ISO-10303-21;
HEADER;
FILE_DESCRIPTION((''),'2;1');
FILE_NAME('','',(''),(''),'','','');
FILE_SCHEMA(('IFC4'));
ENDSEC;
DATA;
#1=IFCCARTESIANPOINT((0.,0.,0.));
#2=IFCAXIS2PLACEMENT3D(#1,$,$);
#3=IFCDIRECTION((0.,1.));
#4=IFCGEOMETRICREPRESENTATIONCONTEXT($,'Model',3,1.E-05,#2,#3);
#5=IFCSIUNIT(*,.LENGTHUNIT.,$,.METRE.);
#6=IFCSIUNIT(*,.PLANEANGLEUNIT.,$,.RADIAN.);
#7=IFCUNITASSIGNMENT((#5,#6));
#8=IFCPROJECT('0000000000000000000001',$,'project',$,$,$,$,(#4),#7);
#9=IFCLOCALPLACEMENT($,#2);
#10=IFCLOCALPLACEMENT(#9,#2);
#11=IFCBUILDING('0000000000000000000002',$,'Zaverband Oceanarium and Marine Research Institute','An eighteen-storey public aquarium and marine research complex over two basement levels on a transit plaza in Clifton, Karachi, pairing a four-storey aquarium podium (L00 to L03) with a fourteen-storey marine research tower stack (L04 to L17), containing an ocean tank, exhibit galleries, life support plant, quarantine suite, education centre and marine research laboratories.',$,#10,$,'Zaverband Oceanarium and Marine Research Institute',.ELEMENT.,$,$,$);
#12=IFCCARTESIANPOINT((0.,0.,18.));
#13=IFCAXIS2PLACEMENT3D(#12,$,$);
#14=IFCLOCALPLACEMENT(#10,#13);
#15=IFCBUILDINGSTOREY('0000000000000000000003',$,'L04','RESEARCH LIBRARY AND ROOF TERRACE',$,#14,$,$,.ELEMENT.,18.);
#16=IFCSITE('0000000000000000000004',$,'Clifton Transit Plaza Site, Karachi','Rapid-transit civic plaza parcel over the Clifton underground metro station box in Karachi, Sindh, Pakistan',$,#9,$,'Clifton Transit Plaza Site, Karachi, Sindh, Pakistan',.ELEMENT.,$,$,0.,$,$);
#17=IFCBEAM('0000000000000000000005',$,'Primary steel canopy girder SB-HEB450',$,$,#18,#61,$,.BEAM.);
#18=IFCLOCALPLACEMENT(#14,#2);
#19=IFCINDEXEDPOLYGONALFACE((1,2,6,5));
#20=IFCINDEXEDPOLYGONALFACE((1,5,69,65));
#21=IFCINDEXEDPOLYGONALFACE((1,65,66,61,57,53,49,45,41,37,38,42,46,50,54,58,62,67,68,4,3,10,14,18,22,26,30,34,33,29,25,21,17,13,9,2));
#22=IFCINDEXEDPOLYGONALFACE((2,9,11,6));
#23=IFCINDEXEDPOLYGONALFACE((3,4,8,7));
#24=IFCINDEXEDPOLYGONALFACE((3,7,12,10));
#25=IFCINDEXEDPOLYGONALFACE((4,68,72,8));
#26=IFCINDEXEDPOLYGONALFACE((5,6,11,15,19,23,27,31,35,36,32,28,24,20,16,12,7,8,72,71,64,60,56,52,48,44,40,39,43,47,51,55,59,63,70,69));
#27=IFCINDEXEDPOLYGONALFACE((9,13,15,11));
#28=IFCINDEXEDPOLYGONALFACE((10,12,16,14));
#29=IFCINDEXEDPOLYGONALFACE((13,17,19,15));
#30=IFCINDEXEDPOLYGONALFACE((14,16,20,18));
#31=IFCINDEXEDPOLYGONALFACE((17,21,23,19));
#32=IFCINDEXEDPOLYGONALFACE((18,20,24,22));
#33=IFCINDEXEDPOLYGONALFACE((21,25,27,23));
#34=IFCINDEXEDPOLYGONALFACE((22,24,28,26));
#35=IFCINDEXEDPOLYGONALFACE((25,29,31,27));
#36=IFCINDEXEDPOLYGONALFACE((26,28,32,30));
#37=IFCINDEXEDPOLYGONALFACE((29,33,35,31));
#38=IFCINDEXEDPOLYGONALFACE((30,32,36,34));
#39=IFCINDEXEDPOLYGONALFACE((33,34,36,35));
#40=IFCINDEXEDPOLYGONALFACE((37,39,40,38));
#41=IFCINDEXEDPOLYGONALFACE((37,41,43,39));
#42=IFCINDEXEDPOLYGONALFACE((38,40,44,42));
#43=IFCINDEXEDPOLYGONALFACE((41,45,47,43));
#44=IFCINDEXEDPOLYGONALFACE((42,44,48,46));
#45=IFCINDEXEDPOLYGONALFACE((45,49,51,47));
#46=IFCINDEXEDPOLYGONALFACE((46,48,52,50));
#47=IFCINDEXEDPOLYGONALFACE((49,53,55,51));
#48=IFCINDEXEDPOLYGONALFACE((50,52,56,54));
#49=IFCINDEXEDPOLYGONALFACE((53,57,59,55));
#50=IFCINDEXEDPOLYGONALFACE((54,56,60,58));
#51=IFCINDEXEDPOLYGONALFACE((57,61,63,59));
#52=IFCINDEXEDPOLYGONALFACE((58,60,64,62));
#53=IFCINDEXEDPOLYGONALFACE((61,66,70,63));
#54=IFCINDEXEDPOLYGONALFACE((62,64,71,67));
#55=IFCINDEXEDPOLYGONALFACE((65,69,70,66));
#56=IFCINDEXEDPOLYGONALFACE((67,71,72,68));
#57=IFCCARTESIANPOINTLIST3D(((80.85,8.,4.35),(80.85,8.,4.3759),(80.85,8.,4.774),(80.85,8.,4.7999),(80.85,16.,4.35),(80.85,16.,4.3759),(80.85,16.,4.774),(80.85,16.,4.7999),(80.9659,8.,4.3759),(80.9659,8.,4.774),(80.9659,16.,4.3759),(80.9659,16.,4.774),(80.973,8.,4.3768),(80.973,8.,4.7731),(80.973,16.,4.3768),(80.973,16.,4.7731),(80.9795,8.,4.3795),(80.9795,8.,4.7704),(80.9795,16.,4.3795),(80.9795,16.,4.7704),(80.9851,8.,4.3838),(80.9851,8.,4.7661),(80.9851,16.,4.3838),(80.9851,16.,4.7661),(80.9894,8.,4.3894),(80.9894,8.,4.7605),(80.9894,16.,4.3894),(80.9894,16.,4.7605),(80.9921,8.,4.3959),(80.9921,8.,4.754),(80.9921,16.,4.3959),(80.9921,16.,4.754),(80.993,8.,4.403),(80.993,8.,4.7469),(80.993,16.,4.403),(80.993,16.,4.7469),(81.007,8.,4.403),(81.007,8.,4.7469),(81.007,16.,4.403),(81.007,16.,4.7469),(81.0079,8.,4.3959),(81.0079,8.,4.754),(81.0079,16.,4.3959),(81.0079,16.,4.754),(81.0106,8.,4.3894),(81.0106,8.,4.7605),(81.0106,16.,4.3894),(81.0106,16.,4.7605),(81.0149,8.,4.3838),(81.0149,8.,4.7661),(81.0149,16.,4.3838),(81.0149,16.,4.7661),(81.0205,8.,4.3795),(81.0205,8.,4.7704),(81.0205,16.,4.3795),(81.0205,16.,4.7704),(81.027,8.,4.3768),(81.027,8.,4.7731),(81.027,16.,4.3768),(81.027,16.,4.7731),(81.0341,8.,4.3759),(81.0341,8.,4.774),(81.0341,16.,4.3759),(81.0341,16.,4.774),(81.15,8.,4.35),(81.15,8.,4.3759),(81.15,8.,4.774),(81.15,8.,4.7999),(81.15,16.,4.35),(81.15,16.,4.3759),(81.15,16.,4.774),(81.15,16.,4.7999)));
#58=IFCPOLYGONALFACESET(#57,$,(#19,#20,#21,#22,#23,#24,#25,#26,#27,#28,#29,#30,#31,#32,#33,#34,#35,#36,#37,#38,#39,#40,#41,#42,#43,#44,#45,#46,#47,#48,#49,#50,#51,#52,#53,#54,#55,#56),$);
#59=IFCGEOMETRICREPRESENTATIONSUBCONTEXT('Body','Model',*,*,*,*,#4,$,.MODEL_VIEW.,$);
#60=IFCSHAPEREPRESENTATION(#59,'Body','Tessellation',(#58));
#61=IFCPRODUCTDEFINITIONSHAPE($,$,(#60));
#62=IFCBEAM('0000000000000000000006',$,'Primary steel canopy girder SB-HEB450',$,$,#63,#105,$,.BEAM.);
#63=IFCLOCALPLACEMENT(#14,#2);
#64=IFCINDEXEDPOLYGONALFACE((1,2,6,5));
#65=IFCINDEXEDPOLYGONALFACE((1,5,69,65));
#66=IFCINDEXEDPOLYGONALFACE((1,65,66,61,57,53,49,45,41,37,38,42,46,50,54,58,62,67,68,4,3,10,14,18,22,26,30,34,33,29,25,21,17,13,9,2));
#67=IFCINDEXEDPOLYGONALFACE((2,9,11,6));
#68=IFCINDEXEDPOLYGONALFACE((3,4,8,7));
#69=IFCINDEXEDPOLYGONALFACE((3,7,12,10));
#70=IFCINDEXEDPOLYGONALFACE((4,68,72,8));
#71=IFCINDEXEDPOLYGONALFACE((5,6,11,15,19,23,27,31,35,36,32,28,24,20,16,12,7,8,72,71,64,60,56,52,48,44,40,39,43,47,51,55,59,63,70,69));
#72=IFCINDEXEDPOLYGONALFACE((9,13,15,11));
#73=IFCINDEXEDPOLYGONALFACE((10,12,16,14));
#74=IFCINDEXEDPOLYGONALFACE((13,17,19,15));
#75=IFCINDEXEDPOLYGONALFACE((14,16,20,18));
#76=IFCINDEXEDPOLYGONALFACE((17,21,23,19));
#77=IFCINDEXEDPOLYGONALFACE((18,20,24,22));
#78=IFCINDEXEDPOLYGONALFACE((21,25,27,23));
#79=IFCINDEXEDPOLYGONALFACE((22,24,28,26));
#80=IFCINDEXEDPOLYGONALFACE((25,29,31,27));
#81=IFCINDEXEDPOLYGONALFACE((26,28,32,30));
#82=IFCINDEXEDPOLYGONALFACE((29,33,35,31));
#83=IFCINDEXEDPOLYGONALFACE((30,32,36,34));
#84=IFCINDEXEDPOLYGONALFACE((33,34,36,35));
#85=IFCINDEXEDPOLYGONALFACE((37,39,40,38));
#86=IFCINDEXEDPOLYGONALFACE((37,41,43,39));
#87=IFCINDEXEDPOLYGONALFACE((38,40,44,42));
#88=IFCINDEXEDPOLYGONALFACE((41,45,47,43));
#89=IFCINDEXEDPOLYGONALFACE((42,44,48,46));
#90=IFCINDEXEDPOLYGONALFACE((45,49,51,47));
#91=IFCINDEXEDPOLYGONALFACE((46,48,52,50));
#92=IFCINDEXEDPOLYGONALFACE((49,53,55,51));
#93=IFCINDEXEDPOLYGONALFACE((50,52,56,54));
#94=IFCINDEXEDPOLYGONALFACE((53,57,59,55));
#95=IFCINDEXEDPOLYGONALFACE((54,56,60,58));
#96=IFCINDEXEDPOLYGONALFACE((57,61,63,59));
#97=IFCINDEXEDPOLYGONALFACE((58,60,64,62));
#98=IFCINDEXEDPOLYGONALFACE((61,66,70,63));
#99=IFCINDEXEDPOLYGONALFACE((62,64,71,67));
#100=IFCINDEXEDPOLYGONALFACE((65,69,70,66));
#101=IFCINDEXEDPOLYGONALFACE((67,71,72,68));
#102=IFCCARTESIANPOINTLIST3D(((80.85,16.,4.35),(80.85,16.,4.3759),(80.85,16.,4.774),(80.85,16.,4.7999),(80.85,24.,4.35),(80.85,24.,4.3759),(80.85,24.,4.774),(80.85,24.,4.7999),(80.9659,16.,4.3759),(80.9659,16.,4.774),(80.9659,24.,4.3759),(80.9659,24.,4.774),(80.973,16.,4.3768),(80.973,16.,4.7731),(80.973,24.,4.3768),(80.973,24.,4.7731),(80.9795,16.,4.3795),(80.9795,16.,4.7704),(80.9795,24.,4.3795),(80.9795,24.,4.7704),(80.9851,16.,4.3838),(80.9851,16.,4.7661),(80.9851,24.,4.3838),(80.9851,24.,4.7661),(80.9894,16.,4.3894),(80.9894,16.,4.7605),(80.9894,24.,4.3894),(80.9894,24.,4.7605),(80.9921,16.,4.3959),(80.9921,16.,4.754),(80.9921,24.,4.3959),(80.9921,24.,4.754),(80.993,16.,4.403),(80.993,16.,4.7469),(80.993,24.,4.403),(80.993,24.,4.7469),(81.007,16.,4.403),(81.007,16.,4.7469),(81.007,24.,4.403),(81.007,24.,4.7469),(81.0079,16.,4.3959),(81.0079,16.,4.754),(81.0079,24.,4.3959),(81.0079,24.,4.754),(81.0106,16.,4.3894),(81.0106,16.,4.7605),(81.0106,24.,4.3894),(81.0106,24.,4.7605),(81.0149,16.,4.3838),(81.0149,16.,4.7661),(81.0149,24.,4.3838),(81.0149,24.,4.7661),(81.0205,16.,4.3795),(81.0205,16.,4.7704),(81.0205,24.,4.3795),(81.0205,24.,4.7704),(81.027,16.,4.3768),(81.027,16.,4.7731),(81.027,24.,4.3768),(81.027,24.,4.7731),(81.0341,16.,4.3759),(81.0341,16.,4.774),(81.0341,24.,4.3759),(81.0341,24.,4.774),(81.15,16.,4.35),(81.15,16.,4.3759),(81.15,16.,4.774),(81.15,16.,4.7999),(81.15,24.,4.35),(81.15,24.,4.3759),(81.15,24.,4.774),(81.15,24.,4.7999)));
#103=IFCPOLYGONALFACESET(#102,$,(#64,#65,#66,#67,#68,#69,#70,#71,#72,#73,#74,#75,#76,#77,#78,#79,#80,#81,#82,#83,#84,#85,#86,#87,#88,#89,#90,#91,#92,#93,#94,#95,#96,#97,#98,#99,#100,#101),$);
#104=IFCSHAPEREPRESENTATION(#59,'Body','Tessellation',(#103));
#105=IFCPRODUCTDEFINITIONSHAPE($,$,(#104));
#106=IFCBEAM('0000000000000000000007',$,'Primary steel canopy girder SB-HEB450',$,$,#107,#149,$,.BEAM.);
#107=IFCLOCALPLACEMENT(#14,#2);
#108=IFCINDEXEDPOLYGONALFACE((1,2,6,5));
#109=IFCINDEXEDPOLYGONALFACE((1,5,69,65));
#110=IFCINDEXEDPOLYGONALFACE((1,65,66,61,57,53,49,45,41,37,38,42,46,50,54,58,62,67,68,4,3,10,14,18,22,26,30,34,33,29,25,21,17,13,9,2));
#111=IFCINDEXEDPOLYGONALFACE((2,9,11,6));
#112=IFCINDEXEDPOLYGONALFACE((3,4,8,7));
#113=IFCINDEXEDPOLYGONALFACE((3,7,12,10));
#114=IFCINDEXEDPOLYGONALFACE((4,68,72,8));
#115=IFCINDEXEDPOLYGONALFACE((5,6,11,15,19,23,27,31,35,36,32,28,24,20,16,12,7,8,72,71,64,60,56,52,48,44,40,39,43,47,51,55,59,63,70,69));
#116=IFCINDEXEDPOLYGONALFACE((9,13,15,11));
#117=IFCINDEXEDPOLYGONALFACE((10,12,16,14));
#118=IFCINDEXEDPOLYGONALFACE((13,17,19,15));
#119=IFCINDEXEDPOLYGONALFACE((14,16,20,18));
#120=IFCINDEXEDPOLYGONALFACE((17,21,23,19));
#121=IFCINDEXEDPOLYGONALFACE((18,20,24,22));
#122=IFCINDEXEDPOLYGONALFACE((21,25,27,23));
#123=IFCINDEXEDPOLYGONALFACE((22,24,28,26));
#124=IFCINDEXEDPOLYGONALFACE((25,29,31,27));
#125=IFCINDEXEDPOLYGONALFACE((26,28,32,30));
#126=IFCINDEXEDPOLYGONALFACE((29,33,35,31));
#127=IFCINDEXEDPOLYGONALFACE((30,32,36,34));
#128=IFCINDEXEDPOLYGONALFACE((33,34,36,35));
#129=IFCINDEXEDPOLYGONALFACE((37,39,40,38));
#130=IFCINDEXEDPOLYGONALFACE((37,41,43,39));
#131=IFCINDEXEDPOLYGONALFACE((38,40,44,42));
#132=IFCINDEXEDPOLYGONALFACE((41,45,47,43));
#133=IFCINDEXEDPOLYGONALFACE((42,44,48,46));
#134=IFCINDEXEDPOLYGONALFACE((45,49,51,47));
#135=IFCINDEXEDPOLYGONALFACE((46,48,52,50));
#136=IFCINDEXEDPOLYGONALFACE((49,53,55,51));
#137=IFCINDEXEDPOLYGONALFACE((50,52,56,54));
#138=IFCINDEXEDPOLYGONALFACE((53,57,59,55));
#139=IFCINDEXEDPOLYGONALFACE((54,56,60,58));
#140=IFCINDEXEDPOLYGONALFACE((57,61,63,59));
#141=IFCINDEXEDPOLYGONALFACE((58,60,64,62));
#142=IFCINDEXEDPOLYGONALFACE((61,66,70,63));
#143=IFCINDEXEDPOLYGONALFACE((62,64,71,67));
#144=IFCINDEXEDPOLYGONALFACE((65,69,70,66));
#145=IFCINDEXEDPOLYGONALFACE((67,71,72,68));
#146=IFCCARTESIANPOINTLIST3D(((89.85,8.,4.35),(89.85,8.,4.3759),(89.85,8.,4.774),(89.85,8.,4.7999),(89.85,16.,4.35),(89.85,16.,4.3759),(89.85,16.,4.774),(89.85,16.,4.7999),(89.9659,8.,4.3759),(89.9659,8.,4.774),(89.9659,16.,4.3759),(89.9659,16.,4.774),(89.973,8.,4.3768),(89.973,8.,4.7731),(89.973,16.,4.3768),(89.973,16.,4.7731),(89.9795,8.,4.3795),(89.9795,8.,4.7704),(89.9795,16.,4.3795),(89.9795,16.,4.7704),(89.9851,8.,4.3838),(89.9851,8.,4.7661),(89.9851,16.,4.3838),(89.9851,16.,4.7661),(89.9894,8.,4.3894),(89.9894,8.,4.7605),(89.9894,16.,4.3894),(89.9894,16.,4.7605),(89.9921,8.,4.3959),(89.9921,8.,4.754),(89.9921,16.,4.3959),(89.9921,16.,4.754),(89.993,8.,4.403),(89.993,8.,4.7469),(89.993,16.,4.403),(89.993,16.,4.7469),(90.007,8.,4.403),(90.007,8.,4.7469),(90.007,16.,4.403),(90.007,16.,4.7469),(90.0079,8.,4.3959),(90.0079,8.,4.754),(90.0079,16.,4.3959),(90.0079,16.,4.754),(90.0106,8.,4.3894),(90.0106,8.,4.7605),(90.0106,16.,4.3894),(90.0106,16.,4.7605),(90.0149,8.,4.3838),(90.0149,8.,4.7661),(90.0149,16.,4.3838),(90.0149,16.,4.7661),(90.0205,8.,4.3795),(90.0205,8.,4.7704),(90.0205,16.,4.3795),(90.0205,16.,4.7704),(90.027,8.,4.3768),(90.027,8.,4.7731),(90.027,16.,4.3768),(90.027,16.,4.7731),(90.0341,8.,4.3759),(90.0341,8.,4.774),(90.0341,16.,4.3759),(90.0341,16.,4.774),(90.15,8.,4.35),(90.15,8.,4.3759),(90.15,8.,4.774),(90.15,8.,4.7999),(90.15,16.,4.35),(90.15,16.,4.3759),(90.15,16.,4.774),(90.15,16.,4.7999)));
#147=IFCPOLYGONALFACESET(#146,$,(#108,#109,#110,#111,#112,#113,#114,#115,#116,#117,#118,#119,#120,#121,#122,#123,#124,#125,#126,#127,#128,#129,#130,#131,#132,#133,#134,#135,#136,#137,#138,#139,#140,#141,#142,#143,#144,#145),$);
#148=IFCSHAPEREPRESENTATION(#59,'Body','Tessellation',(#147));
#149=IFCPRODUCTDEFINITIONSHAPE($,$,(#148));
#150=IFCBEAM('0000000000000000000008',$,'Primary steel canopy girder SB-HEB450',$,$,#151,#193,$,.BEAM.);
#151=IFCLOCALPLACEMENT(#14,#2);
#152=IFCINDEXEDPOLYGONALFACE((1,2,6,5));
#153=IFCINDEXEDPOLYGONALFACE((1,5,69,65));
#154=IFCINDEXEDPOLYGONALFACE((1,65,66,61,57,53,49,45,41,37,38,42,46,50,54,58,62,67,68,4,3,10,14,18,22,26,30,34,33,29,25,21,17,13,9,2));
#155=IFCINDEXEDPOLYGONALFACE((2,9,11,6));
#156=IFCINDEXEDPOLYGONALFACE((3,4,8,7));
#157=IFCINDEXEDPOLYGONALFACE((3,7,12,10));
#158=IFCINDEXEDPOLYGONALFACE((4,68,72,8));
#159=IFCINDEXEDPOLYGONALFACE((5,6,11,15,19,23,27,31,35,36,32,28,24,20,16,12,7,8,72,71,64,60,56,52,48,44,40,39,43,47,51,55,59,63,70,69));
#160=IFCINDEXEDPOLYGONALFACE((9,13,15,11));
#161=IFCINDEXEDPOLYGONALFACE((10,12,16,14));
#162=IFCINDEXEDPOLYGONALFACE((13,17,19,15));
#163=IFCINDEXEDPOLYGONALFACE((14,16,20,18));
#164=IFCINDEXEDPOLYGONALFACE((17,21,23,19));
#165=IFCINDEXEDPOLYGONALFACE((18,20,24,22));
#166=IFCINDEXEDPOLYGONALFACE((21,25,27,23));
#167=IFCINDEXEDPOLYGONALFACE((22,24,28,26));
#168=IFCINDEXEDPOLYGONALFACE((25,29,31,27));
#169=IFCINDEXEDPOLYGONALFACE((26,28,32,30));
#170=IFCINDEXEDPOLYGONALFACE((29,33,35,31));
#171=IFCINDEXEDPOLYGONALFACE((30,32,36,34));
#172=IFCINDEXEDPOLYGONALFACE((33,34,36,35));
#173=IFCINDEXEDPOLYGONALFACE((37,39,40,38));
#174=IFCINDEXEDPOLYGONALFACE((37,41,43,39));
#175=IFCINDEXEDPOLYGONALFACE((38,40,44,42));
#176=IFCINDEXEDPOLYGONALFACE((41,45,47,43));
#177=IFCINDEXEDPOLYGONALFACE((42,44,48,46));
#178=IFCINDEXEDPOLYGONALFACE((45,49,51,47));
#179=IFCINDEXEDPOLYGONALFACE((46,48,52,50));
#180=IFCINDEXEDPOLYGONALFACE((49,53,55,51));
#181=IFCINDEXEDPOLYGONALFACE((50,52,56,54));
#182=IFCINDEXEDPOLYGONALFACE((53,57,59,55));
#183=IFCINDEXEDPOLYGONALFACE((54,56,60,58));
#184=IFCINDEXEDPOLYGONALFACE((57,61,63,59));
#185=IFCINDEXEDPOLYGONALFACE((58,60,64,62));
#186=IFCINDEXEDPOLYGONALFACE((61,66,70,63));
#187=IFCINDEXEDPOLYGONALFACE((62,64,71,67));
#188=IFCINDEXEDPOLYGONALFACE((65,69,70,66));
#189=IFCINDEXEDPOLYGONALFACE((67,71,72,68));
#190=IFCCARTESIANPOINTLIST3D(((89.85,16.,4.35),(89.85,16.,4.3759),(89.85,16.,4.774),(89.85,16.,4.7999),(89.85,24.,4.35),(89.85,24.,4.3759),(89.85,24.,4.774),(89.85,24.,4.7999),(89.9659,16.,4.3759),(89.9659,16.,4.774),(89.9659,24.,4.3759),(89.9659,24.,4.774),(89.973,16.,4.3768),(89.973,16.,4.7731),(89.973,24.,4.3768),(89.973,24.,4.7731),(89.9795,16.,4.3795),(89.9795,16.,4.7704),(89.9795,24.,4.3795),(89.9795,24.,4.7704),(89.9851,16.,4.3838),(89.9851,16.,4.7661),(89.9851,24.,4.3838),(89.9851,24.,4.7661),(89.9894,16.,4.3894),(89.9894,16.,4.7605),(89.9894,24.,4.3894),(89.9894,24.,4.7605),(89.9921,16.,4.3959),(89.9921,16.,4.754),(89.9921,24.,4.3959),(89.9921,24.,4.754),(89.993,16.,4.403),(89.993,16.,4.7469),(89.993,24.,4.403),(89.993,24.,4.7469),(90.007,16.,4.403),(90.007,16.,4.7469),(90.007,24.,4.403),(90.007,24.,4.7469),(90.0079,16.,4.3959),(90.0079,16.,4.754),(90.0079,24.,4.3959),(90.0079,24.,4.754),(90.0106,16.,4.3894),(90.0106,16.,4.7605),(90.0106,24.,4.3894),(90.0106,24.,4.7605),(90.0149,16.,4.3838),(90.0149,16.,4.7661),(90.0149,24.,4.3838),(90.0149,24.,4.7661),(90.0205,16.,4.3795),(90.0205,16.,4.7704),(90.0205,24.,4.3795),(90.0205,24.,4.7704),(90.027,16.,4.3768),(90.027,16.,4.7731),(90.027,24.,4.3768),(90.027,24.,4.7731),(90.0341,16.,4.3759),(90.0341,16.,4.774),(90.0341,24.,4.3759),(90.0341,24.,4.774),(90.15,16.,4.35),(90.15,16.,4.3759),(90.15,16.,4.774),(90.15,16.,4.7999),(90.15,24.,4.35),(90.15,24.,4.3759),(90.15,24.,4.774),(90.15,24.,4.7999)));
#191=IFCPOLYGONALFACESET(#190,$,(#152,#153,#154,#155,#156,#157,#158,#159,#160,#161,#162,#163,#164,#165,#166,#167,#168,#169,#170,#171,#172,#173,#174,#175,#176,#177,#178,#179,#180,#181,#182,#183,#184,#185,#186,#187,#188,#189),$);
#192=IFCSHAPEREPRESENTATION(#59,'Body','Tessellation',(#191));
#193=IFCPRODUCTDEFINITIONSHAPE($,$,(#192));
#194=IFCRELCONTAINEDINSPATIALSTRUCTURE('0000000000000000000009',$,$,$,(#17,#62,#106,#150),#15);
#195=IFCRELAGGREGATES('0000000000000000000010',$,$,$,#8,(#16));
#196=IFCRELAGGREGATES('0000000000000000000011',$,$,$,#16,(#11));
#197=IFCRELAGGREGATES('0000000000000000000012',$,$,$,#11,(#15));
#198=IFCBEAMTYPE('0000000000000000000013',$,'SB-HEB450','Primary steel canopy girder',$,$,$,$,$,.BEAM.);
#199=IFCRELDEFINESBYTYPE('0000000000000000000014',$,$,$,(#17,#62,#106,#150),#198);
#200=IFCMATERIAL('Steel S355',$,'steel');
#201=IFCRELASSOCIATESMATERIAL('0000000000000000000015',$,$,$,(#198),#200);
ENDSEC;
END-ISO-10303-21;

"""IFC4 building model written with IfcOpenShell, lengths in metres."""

from ifc_helpers import new_model, si_unit, direction, frame, origin, origin_2d, place, context, subcontext, project, spatial, i_section, extrude, material, material_profile, profile_set, type_object, element, save


model = new_model("IFC4")

# Units and contexts
model_context = context("Model", 3, precision=1e-05, world=origin(), true_north=direction((0.0, 1.0)))
body_context = subcontext(model_context, "Body", "Model", "MODEL_VIEW")
ifc_project = project(units=[si_unit("LENGTHUNIT", "METRE"), si_unit("PLANEANGLEUNIT", "RADIAN")], contexts=[model_context])

# Site, building, storey
site_placement = place(None, origin())
site = spatial("IfcSite", under=ifc_project, at=site_placement, Name="Clifton Transit Plaza Site, Karachi", Description="Rapid-transit civic plaza parcel over the Clifton underground metro station box in Karachi, Sindh, Pakistan", LongName="Clifton Transit Plaza Site, Karachi, Sindh, Pakistan", CompositionType="ELEMENT", RefElevation=0.0)
building_placement = place(site_placement, origin())
building = spatial("IfcBuilding", under=site, at=building_placement, Name="Zaverband Oceanarium and Marine Research Institute", Description="An eighteen-storey public aquarium and marine research complex over two basement levels on a transit plaza in Clifton, Karachi, pairing a four-storey aquarium podium (L00 to L03) with a fourteen-storey marine research tower stack (L04 to L17), containing an ocean tank, exhibit galleries, life support plant, quarantine suite, education centre and marine research laboratories.", LongName="Zaverband Oceanarium and Marine Research Institute", CompositionType="ELEMENT")
storey_placement = place(building_placement, frame((0.0, 0.0, 18.0)))
storey = spatial("IfcBuildingStorey", under=building, at=storey_placement, Name="L04", Description="RESEARCH LIBRARY AND ROOF TERRACE", CompositionType="ELEMENT", Elevation=18.0)

# Beams
ifc_material_1 = material(Name="Steel S355", Category="steel")
ifc_material_profile_1 = material_profile(ifc_material_1, i_section(OverallWidth=0.3, OverallDepth=0.45, WebThickness=0.0139, FlangeThickness=0.0259, FilletRadius=0.0271, at=origin_2d()), Name="HEB450")
ifc_profile_set_1 = profile_set([ifc_material_profile_1], Name="Steel S355")
beam_type_1 = type_object("IfcBeamType", Name="SB-HEB450", Description="Primary steel canopy girder", PredefinedType="BEAM", material=ifc_profile_set_1)
for number, where, z_axis, x_axis, name in (
    (1, (81.0, 8.0, 4.575), (0.0, 1.0, 0.0), (-1.0, 0.0, 0.0), "Primary steel canopy girder SB-HEB450"),
    (2, (81.0, 16.0, 4.575), (0.0, 1.0, 0.0), (-1.0, 0.0, 0.0), "Primary steel canopy girder SB-HEB450"),
    (3, (90.0, 8.0, 4.575), (0.0, 1.0, 0.0), (-1.0, 0.0, 0.0), "Primary steel canopy girder SB-HEB450"),
    (4, (90.0, 16.0, 4.575), (0.0, 1.0, 0.0), (-1.0, 0.0, 0.0), "Primary steel canopy girder SB-HEB450"),
):
    element("IfcBeam", number, at=place(storey_placement, frame(where, z_axis=z_axis, x_axis=x_axis)), inside=storey, type_object=beam_type_1, Name=name, PredefinedType="BEAM", context=body_context, shape_type="SweptSolid", body=[
        extrude(i_section(OverallWidth=0.3, OverallDepth=0.45, WebThickness=0.0139, FlangeThickness=0.0259, FilletRadius=0.0271, at=origin_2d()), origin(), (0.0, 0.0, 1.0), 8.0),
    ])

save(model, "model.ifc")
